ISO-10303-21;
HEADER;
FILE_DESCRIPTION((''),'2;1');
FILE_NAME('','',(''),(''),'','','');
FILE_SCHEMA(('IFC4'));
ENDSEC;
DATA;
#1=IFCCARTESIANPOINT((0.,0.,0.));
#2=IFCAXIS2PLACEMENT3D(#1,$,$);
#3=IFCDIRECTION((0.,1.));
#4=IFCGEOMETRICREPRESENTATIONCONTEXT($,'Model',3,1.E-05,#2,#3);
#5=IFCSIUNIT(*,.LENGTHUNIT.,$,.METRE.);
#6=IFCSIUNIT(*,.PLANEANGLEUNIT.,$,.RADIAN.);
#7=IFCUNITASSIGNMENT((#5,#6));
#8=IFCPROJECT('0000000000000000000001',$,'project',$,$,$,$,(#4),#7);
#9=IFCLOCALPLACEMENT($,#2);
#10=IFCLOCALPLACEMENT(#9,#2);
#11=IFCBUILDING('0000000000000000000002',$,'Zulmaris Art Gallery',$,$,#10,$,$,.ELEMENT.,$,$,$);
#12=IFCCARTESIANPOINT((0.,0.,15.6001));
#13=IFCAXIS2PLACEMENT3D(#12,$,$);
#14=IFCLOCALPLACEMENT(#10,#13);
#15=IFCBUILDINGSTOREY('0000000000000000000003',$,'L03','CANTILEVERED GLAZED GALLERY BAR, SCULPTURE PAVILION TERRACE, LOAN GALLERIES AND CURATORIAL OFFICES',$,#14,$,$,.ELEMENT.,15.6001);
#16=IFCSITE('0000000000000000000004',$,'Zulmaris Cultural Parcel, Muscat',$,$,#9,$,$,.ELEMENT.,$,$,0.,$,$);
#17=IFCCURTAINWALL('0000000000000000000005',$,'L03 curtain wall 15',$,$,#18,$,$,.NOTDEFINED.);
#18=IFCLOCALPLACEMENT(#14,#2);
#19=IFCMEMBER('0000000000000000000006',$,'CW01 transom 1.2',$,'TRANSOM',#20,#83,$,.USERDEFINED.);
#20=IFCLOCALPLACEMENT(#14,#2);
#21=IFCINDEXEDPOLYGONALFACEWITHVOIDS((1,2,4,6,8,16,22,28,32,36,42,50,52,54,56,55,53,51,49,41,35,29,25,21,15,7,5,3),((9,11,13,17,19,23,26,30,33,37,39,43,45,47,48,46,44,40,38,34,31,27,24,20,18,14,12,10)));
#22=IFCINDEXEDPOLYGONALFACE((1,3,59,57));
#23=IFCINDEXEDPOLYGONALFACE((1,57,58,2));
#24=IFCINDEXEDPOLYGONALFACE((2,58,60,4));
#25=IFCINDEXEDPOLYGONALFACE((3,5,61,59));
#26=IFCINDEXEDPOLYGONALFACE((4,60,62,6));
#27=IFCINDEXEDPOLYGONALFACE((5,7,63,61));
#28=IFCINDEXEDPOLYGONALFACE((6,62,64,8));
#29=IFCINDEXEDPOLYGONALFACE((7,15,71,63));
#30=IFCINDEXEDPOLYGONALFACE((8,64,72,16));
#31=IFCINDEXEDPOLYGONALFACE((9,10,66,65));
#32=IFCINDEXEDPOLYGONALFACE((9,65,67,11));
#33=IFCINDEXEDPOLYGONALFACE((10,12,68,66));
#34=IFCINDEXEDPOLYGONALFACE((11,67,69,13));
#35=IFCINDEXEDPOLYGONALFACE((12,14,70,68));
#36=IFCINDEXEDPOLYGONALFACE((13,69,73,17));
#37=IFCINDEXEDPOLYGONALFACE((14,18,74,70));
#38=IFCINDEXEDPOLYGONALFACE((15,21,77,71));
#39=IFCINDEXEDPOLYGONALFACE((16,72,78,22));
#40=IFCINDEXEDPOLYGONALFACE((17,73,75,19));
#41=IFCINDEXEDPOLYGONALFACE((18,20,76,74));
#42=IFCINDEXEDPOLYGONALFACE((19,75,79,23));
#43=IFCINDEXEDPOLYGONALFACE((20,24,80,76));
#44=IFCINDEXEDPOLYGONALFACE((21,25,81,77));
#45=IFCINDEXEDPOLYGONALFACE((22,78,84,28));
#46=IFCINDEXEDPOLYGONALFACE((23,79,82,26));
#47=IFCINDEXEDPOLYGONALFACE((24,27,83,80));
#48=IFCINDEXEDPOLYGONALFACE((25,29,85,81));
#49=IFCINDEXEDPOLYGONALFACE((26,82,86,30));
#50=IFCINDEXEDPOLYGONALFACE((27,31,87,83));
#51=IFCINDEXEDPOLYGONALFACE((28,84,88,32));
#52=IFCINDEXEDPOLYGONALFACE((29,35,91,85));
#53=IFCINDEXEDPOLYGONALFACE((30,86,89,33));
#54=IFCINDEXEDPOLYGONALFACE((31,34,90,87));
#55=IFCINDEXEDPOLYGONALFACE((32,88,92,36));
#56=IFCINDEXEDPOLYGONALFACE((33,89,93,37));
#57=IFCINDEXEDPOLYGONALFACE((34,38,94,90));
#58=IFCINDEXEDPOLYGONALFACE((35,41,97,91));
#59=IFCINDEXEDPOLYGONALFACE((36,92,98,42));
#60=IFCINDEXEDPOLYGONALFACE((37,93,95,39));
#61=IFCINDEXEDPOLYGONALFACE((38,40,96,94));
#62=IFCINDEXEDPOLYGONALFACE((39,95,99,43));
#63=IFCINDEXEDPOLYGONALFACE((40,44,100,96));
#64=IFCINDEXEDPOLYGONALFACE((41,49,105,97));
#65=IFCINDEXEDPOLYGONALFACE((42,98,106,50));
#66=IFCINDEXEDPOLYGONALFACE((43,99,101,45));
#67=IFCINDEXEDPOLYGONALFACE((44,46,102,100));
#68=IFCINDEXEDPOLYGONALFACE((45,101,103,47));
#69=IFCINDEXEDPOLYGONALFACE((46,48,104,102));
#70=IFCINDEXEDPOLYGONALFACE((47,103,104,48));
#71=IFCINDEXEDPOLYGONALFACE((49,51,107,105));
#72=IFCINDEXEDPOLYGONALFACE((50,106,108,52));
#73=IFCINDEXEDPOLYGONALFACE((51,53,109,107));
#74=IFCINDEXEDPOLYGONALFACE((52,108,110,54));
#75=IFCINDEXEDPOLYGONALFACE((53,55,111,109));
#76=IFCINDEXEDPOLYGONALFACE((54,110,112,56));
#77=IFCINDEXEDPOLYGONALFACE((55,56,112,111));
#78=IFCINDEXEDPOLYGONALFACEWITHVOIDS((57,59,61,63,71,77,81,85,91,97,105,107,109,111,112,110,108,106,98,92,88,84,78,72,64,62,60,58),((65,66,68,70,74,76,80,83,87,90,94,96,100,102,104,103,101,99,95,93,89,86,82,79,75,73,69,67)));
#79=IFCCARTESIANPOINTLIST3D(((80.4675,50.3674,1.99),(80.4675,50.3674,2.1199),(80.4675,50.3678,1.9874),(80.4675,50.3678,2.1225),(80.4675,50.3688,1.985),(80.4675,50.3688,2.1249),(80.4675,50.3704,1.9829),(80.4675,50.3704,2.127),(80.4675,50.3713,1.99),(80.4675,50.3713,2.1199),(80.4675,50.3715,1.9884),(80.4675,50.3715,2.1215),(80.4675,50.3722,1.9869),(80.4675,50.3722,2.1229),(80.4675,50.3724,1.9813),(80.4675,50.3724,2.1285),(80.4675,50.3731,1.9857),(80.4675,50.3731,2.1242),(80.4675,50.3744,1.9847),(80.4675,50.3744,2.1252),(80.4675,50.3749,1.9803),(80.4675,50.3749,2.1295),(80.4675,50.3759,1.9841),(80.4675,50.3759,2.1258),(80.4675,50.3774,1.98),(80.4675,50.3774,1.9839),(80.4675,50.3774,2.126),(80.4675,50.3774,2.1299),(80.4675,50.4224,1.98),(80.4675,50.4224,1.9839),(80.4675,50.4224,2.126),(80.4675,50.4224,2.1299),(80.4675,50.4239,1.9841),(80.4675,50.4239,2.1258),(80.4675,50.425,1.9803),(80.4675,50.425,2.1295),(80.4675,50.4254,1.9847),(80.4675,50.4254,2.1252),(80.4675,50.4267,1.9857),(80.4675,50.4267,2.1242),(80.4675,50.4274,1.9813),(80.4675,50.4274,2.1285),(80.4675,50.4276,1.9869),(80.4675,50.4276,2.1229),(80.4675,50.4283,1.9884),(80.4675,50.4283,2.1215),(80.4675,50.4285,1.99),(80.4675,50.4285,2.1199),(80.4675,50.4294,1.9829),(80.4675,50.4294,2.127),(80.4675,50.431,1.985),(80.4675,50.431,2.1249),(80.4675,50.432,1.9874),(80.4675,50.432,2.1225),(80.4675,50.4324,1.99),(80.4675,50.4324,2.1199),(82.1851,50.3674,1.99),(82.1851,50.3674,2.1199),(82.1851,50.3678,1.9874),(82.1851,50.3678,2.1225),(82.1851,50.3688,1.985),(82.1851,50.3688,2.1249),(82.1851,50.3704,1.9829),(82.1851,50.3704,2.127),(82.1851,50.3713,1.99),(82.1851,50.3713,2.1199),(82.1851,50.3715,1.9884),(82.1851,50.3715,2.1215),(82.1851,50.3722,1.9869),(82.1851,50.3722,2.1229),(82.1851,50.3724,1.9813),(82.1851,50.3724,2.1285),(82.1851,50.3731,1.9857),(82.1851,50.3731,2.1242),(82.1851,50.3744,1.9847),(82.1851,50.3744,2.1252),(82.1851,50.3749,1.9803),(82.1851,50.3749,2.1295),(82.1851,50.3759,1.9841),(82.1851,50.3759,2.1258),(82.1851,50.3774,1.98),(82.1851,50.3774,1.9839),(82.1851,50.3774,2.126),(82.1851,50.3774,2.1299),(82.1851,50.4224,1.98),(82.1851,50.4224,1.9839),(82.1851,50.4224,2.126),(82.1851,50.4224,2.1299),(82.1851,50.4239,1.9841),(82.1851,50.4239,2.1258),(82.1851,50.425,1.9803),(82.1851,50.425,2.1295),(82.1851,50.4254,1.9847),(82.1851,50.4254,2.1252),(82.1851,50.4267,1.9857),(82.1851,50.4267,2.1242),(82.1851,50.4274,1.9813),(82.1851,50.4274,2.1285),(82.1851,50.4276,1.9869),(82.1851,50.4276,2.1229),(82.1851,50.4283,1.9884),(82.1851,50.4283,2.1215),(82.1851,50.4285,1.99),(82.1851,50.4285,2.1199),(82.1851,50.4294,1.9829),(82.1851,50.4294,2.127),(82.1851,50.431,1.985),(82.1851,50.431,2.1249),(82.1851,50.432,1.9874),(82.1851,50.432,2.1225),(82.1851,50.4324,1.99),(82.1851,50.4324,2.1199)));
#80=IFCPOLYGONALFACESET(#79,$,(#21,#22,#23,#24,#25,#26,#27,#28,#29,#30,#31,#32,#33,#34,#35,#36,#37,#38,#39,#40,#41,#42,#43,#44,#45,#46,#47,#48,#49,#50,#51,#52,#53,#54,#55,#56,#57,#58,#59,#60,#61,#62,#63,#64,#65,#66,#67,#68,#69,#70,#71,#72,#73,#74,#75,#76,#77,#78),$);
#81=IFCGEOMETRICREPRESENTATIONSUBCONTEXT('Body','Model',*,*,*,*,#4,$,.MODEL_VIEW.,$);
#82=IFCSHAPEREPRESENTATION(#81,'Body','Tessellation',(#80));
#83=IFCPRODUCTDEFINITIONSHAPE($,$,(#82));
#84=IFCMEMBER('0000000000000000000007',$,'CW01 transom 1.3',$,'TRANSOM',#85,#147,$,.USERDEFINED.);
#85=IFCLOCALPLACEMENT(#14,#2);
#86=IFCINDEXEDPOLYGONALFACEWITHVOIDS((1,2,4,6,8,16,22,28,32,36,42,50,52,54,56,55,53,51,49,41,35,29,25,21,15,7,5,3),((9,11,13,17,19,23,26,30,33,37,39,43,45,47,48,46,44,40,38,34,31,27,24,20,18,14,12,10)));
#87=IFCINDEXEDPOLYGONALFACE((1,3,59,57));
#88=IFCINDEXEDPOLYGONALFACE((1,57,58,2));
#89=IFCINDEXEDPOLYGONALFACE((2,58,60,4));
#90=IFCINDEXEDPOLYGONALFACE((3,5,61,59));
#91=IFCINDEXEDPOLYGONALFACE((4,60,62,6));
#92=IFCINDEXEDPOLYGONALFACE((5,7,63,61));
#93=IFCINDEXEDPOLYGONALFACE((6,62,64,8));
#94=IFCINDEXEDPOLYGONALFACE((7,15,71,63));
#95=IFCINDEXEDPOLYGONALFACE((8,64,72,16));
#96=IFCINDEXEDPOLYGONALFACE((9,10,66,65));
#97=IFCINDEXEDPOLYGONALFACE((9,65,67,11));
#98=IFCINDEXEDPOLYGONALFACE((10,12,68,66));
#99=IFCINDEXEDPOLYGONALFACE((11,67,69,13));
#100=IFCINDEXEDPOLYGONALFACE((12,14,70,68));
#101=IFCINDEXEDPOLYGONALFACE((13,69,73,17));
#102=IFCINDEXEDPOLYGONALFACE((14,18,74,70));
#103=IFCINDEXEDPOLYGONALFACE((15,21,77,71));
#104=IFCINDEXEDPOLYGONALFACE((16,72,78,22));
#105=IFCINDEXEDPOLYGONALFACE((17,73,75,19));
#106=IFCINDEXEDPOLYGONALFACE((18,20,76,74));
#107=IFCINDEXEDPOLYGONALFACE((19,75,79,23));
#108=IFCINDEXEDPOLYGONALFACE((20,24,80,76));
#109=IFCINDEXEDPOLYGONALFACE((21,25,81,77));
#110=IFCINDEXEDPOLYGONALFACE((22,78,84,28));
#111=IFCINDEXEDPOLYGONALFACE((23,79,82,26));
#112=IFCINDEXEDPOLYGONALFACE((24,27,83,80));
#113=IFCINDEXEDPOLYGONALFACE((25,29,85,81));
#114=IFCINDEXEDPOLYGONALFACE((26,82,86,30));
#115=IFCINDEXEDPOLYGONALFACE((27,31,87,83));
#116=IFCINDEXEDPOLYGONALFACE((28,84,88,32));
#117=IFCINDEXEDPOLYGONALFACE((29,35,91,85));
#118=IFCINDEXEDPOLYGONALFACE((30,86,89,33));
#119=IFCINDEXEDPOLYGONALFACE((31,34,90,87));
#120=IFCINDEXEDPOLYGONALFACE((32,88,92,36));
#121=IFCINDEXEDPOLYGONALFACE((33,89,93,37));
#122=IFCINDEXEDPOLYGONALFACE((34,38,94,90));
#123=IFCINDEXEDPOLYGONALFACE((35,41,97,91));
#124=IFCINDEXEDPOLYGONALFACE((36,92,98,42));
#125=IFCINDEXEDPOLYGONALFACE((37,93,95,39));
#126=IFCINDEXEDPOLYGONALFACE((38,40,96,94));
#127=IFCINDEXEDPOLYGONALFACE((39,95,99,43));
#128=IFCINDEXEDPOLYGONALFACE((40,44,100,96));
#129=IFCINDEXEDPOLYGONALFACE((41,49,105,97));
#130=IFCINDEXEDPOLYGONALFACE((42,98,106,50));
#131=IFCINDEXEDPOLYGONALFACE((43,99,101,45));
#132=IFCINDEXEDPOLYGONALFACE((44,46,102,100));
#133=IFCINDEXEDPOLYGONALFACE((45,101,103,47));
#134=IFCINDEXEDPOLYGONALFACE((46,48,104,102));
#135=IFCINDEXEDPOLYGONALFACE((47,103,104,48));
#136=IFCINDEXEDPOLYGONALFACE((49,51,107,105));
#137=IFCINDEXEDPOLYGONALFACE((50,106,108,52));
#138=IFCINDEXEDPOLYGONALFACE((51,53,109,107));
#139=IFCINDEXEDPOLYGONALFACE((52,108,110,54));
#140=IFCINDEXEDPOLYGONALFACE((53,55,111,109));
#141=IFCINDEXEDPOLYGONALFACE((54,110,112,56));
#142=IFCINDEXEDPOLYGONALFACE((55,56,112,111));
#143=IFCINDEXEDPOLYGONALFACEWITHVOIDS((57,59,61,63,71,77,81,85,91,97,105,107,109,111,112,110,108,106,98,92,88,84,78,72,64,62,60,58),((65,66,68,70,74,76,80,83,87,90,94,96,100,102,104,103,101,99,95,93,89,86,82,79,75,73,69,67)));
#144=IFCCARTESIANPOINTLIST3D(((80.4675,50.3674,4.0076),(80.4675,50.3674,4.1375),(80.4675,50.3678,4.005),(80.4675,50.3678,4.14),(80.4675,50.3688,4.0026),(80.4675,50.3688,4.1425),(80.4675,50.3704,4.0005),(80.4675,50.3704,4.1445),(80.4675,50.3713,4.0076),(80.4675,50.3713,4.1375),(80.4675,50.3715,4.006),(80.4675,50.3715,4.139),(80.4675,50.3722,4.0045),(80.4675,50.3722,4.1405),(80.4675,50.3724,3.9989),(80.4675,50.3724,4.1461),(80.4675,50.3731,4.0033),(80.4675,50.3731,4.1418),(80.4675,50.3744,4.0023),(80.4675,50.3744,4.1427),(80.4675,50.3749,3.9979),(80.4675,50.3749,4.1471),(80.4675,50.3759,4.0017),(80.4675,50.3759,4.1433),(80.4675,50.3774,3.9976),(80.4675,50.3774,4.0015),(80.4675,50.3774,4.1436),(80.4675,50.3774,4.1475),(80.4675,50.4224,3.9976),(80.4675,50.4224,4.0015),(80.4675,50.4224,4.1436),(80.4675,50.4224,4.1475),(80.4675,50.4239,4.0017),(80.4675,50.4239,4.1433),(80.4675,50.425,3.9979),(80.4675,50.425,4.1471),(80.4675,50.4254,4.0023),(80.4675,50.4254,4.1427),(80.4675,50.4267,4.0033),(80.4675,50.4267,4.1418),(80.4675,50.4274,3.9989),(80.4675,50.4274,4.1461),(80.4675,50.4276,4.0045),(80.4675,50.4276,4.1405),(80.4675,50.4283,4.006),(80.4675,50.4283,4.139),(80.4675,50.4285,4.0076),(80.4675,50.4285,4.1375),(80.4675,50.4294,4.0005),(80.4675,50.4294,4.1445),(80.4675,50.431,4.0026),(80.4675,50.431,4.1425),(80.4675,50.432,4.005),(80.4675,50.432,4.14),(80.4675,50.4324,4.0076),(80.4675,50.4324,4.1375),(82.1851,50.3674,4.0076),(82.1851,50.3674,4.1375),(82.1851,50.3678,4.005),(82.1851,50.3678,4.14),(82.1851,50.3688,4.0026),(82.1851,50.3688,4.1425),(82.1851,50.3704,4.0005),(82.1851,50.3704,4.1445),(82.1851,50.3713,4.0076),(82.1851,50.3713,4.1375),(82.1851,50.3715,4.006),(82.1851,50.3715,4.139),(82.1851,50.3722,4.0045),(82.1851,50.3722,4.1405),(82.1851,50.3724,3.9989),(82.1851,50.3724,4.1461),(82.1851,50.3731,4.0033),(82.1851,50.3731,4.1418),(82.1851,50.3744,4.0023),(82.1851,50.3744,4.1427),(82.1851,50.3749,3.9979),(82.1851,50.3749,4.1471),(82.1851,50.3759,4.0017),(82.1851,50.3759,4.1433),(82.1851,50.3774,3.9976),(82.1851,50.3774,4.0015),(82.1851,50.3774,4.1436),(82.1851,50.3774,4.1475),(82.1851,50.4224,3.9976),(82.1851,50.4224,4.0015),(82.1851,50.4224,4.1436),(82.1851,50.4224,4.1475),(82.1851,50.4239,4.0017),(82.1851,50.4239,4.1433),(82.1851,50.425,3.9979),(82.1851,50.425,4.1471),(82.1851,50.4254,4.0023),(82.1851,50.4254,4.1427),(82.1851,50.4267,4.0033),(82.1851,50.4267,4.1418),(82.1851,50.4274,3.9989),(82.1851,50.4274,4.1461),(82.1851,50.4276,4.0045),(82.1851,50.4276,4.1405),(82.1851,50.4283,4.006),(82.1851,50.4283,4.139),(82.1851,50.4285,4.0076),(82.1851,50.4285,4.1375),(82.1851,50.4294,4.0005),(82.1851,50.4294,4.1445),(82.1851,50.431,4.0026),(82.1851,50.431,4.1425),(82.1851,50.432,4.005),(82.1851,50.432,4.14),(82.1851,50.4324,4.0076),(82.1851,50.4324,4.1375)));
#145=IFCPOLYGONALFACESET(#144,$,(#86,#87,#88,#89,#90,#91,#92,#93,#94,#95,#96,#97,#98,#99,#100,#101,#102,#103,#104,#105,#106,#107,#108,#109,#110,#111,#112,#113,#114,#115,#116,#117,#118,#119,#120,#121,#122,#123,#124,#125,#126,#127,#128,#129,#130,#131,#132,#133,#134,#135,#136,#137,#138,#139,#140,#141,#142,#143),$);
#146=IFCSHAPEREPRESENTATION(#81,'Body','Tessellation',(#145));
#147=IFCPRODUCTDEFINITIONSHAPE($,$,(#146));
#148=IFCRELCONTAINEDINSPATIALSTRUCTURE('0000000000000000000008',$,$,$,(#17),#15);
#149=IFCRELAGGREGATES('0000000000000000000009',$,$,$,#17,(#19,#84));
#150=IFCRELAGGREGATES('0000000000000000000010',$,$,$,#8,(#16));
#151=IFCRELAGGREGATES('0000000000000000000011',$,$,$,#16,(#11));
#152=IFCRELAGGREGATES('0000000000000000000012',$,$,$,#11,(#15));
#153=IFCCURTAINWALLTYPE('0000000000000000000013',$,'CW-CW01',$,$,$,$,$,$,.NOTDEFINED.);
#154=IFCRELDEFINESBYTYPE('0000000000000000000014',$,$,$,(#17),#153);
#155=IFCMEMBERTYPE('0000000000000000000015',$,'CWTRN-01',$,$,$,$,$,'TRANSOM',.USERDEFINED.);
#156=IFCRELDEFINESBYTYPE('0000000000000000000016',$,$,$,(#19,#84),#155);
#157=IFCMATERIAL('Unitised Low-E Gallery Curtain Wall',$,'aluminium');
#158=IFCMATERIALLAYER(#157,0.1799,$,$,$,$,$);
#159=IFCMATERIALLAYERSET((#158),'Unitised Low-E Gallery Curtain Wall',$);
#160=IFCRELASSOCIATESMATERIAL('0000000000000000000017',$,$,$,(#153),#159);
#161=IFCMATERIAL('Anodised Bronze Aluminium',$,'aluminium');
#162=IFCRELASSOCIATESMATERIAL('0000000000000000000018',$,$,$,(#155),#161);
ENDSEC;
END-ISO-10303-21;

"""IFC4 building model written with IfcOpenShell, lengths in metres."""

from ifc_helpers import new_model, si_unit, direction, frame, origin, origin_2d, place, context, subcontext, project, spatial, hollow_rectangle, extrude, material, layer, layer_set, material_profile, profile_set, type_object, element, aggregate, save


model = new_model("IFC4")

# Units and contexts
model_context = context("Model", 3, precision=1e-05, world=origin(), true_north=direction((0.0, 1.0)))
body_context = subcontext(model_context, "Body", "Model", "MODEL_VIEW")
ifc_project = project(units=[si_unit("LENGTHUNIT", "METRE"), si_unit("PLANEANGLEUNIT", "RADIAN")], contexts=[model_context])

# Site, building, storey
site_placement = place(None, origin())
site = spatial("IfcSite", under=ifc_project, at=site_placement, Name="Zulmaris Cultural Parcel, Muscat", CompositionType="ELEMENT", RefElevation=0.0)
building_placement = place(site_placement, origin())
building = spatial("IfcBuilding", under=site, at=building_placement, Name="Zulmaris Art Gallery", CompositionType="ELEMENT")
storey_placement = place(building_placement, frame((0.0, 0.0, 15.6001)))
storey = spatial("IfcBuildingStorey", under=building, at=storey_placement, Name="L03", Description="CANTILEVERED GLAZED GALLERY BAR, SCULPTURE PAVILION TERRACE, LOAN GALLERIES AND CURATORIAL OFFICES", CompositionType="ELEMENT", Elevation=15.6001)

# Shared definitions
ifc_material_1 = material(Name="Unitised Low-E Gallery Curtain Wall", Category="aluminium")
ifc_layer_1 = layer(ifc_material_1, 0.1799)
ifc_layer_set_1 = layer_set([ifc_layer_1], Name="Unitised Low-E Gallery Curtain Wall")
curtain_wall_type = type_object("IfcCurtainWallType", Name="CW-CW01", PredefinedType="NOTDEFINED", material=ifc_layer_set_1)
ifc_material_2 = material(Name="Anodised Bronze Aluminium", Category="aluminium")

# Curtain wall
curtain_wall_1_placement = place(storey_placement, origin())
curtain_wall_1 = element("IfcCurtainWall", 1, at=curtain_wall_1_placement, inside=storey, type_object=curtain_wall_type, Name="L03 curtain wall 15", PredefinedType="NOTDEFINED")

# Members
ifc_material_profile_1 = material_profile(ifc_material_2, hollow_rectangle(XDim=0.0649, YDim=0.1499, WallThickness=0.0039, InnerFilletRadius=0.0061, OuterFilletRadius=0.01, at=origin_2d()), Name="ALU 65x150x4")
ifc_profile_set_1 = profile_set([ifc_material_profile_1], Name="Anodised Bronze Aluminium")
member_type_1 = type_object("IfcMemberType", Name="CWTRN-01", ElementType="TRANSOM", PredefinedType="USERDEFINED", material=ifc_profile_set_1)
member_1_placement = place(storey_placement, frame((82.1851, 50.3999, 2.0549), z_axis=(-1.0, 0.0, 0.0), x_axis=(0.0, -1.0, 0.0)))
member_1 = element("IfcMember", 2, at=member_1_placement, type_object=member_type_1, Name="CW01 transom 1.2", ObjectType="TRANSOM", PredefinedType="USERDEFINED", context=body_context, shape_type="SweptSolid", body=[
    extrude(hollow_rectangle(XDim=0.0649, YDim=0.1499, WallThickness=0.0039, InnerFilletRadius=0.0061, OuterFilletRadius=0.01, at=origin_2d()), origin(), (0.0, 0.0, 1.0), 1.7175),
])
member_2_placement = place(storey_placement, frame((82.1851, 50.3999, 4.0725), z_axis=(-1.0, 0.0, 0.0), x_axis=(0.0, -1.0, 0.0)))
member_2 = element("IfcMember", 3, at=member_2_placement, type_object=member_type_1, Name="CW01 transom 1.3", ObjectType="TRANSOM", PredefinedType="USERDEFINED", context=body_context, shape_type="SweptSolid", body=[
    extrude(hollow_rectangle(XDim=0.0649, YDim=0.1499, WallThickness=0.0039, InnerFilletRadius=0.0061, OuterFilletRadius=0.01, at=origin_2d()), origin(), (0.0, 0.0, 1.0), 1.7175),
])

aggregate(curtain_wall_1, [member_1, member_2])

save(model, "model.ifc")
